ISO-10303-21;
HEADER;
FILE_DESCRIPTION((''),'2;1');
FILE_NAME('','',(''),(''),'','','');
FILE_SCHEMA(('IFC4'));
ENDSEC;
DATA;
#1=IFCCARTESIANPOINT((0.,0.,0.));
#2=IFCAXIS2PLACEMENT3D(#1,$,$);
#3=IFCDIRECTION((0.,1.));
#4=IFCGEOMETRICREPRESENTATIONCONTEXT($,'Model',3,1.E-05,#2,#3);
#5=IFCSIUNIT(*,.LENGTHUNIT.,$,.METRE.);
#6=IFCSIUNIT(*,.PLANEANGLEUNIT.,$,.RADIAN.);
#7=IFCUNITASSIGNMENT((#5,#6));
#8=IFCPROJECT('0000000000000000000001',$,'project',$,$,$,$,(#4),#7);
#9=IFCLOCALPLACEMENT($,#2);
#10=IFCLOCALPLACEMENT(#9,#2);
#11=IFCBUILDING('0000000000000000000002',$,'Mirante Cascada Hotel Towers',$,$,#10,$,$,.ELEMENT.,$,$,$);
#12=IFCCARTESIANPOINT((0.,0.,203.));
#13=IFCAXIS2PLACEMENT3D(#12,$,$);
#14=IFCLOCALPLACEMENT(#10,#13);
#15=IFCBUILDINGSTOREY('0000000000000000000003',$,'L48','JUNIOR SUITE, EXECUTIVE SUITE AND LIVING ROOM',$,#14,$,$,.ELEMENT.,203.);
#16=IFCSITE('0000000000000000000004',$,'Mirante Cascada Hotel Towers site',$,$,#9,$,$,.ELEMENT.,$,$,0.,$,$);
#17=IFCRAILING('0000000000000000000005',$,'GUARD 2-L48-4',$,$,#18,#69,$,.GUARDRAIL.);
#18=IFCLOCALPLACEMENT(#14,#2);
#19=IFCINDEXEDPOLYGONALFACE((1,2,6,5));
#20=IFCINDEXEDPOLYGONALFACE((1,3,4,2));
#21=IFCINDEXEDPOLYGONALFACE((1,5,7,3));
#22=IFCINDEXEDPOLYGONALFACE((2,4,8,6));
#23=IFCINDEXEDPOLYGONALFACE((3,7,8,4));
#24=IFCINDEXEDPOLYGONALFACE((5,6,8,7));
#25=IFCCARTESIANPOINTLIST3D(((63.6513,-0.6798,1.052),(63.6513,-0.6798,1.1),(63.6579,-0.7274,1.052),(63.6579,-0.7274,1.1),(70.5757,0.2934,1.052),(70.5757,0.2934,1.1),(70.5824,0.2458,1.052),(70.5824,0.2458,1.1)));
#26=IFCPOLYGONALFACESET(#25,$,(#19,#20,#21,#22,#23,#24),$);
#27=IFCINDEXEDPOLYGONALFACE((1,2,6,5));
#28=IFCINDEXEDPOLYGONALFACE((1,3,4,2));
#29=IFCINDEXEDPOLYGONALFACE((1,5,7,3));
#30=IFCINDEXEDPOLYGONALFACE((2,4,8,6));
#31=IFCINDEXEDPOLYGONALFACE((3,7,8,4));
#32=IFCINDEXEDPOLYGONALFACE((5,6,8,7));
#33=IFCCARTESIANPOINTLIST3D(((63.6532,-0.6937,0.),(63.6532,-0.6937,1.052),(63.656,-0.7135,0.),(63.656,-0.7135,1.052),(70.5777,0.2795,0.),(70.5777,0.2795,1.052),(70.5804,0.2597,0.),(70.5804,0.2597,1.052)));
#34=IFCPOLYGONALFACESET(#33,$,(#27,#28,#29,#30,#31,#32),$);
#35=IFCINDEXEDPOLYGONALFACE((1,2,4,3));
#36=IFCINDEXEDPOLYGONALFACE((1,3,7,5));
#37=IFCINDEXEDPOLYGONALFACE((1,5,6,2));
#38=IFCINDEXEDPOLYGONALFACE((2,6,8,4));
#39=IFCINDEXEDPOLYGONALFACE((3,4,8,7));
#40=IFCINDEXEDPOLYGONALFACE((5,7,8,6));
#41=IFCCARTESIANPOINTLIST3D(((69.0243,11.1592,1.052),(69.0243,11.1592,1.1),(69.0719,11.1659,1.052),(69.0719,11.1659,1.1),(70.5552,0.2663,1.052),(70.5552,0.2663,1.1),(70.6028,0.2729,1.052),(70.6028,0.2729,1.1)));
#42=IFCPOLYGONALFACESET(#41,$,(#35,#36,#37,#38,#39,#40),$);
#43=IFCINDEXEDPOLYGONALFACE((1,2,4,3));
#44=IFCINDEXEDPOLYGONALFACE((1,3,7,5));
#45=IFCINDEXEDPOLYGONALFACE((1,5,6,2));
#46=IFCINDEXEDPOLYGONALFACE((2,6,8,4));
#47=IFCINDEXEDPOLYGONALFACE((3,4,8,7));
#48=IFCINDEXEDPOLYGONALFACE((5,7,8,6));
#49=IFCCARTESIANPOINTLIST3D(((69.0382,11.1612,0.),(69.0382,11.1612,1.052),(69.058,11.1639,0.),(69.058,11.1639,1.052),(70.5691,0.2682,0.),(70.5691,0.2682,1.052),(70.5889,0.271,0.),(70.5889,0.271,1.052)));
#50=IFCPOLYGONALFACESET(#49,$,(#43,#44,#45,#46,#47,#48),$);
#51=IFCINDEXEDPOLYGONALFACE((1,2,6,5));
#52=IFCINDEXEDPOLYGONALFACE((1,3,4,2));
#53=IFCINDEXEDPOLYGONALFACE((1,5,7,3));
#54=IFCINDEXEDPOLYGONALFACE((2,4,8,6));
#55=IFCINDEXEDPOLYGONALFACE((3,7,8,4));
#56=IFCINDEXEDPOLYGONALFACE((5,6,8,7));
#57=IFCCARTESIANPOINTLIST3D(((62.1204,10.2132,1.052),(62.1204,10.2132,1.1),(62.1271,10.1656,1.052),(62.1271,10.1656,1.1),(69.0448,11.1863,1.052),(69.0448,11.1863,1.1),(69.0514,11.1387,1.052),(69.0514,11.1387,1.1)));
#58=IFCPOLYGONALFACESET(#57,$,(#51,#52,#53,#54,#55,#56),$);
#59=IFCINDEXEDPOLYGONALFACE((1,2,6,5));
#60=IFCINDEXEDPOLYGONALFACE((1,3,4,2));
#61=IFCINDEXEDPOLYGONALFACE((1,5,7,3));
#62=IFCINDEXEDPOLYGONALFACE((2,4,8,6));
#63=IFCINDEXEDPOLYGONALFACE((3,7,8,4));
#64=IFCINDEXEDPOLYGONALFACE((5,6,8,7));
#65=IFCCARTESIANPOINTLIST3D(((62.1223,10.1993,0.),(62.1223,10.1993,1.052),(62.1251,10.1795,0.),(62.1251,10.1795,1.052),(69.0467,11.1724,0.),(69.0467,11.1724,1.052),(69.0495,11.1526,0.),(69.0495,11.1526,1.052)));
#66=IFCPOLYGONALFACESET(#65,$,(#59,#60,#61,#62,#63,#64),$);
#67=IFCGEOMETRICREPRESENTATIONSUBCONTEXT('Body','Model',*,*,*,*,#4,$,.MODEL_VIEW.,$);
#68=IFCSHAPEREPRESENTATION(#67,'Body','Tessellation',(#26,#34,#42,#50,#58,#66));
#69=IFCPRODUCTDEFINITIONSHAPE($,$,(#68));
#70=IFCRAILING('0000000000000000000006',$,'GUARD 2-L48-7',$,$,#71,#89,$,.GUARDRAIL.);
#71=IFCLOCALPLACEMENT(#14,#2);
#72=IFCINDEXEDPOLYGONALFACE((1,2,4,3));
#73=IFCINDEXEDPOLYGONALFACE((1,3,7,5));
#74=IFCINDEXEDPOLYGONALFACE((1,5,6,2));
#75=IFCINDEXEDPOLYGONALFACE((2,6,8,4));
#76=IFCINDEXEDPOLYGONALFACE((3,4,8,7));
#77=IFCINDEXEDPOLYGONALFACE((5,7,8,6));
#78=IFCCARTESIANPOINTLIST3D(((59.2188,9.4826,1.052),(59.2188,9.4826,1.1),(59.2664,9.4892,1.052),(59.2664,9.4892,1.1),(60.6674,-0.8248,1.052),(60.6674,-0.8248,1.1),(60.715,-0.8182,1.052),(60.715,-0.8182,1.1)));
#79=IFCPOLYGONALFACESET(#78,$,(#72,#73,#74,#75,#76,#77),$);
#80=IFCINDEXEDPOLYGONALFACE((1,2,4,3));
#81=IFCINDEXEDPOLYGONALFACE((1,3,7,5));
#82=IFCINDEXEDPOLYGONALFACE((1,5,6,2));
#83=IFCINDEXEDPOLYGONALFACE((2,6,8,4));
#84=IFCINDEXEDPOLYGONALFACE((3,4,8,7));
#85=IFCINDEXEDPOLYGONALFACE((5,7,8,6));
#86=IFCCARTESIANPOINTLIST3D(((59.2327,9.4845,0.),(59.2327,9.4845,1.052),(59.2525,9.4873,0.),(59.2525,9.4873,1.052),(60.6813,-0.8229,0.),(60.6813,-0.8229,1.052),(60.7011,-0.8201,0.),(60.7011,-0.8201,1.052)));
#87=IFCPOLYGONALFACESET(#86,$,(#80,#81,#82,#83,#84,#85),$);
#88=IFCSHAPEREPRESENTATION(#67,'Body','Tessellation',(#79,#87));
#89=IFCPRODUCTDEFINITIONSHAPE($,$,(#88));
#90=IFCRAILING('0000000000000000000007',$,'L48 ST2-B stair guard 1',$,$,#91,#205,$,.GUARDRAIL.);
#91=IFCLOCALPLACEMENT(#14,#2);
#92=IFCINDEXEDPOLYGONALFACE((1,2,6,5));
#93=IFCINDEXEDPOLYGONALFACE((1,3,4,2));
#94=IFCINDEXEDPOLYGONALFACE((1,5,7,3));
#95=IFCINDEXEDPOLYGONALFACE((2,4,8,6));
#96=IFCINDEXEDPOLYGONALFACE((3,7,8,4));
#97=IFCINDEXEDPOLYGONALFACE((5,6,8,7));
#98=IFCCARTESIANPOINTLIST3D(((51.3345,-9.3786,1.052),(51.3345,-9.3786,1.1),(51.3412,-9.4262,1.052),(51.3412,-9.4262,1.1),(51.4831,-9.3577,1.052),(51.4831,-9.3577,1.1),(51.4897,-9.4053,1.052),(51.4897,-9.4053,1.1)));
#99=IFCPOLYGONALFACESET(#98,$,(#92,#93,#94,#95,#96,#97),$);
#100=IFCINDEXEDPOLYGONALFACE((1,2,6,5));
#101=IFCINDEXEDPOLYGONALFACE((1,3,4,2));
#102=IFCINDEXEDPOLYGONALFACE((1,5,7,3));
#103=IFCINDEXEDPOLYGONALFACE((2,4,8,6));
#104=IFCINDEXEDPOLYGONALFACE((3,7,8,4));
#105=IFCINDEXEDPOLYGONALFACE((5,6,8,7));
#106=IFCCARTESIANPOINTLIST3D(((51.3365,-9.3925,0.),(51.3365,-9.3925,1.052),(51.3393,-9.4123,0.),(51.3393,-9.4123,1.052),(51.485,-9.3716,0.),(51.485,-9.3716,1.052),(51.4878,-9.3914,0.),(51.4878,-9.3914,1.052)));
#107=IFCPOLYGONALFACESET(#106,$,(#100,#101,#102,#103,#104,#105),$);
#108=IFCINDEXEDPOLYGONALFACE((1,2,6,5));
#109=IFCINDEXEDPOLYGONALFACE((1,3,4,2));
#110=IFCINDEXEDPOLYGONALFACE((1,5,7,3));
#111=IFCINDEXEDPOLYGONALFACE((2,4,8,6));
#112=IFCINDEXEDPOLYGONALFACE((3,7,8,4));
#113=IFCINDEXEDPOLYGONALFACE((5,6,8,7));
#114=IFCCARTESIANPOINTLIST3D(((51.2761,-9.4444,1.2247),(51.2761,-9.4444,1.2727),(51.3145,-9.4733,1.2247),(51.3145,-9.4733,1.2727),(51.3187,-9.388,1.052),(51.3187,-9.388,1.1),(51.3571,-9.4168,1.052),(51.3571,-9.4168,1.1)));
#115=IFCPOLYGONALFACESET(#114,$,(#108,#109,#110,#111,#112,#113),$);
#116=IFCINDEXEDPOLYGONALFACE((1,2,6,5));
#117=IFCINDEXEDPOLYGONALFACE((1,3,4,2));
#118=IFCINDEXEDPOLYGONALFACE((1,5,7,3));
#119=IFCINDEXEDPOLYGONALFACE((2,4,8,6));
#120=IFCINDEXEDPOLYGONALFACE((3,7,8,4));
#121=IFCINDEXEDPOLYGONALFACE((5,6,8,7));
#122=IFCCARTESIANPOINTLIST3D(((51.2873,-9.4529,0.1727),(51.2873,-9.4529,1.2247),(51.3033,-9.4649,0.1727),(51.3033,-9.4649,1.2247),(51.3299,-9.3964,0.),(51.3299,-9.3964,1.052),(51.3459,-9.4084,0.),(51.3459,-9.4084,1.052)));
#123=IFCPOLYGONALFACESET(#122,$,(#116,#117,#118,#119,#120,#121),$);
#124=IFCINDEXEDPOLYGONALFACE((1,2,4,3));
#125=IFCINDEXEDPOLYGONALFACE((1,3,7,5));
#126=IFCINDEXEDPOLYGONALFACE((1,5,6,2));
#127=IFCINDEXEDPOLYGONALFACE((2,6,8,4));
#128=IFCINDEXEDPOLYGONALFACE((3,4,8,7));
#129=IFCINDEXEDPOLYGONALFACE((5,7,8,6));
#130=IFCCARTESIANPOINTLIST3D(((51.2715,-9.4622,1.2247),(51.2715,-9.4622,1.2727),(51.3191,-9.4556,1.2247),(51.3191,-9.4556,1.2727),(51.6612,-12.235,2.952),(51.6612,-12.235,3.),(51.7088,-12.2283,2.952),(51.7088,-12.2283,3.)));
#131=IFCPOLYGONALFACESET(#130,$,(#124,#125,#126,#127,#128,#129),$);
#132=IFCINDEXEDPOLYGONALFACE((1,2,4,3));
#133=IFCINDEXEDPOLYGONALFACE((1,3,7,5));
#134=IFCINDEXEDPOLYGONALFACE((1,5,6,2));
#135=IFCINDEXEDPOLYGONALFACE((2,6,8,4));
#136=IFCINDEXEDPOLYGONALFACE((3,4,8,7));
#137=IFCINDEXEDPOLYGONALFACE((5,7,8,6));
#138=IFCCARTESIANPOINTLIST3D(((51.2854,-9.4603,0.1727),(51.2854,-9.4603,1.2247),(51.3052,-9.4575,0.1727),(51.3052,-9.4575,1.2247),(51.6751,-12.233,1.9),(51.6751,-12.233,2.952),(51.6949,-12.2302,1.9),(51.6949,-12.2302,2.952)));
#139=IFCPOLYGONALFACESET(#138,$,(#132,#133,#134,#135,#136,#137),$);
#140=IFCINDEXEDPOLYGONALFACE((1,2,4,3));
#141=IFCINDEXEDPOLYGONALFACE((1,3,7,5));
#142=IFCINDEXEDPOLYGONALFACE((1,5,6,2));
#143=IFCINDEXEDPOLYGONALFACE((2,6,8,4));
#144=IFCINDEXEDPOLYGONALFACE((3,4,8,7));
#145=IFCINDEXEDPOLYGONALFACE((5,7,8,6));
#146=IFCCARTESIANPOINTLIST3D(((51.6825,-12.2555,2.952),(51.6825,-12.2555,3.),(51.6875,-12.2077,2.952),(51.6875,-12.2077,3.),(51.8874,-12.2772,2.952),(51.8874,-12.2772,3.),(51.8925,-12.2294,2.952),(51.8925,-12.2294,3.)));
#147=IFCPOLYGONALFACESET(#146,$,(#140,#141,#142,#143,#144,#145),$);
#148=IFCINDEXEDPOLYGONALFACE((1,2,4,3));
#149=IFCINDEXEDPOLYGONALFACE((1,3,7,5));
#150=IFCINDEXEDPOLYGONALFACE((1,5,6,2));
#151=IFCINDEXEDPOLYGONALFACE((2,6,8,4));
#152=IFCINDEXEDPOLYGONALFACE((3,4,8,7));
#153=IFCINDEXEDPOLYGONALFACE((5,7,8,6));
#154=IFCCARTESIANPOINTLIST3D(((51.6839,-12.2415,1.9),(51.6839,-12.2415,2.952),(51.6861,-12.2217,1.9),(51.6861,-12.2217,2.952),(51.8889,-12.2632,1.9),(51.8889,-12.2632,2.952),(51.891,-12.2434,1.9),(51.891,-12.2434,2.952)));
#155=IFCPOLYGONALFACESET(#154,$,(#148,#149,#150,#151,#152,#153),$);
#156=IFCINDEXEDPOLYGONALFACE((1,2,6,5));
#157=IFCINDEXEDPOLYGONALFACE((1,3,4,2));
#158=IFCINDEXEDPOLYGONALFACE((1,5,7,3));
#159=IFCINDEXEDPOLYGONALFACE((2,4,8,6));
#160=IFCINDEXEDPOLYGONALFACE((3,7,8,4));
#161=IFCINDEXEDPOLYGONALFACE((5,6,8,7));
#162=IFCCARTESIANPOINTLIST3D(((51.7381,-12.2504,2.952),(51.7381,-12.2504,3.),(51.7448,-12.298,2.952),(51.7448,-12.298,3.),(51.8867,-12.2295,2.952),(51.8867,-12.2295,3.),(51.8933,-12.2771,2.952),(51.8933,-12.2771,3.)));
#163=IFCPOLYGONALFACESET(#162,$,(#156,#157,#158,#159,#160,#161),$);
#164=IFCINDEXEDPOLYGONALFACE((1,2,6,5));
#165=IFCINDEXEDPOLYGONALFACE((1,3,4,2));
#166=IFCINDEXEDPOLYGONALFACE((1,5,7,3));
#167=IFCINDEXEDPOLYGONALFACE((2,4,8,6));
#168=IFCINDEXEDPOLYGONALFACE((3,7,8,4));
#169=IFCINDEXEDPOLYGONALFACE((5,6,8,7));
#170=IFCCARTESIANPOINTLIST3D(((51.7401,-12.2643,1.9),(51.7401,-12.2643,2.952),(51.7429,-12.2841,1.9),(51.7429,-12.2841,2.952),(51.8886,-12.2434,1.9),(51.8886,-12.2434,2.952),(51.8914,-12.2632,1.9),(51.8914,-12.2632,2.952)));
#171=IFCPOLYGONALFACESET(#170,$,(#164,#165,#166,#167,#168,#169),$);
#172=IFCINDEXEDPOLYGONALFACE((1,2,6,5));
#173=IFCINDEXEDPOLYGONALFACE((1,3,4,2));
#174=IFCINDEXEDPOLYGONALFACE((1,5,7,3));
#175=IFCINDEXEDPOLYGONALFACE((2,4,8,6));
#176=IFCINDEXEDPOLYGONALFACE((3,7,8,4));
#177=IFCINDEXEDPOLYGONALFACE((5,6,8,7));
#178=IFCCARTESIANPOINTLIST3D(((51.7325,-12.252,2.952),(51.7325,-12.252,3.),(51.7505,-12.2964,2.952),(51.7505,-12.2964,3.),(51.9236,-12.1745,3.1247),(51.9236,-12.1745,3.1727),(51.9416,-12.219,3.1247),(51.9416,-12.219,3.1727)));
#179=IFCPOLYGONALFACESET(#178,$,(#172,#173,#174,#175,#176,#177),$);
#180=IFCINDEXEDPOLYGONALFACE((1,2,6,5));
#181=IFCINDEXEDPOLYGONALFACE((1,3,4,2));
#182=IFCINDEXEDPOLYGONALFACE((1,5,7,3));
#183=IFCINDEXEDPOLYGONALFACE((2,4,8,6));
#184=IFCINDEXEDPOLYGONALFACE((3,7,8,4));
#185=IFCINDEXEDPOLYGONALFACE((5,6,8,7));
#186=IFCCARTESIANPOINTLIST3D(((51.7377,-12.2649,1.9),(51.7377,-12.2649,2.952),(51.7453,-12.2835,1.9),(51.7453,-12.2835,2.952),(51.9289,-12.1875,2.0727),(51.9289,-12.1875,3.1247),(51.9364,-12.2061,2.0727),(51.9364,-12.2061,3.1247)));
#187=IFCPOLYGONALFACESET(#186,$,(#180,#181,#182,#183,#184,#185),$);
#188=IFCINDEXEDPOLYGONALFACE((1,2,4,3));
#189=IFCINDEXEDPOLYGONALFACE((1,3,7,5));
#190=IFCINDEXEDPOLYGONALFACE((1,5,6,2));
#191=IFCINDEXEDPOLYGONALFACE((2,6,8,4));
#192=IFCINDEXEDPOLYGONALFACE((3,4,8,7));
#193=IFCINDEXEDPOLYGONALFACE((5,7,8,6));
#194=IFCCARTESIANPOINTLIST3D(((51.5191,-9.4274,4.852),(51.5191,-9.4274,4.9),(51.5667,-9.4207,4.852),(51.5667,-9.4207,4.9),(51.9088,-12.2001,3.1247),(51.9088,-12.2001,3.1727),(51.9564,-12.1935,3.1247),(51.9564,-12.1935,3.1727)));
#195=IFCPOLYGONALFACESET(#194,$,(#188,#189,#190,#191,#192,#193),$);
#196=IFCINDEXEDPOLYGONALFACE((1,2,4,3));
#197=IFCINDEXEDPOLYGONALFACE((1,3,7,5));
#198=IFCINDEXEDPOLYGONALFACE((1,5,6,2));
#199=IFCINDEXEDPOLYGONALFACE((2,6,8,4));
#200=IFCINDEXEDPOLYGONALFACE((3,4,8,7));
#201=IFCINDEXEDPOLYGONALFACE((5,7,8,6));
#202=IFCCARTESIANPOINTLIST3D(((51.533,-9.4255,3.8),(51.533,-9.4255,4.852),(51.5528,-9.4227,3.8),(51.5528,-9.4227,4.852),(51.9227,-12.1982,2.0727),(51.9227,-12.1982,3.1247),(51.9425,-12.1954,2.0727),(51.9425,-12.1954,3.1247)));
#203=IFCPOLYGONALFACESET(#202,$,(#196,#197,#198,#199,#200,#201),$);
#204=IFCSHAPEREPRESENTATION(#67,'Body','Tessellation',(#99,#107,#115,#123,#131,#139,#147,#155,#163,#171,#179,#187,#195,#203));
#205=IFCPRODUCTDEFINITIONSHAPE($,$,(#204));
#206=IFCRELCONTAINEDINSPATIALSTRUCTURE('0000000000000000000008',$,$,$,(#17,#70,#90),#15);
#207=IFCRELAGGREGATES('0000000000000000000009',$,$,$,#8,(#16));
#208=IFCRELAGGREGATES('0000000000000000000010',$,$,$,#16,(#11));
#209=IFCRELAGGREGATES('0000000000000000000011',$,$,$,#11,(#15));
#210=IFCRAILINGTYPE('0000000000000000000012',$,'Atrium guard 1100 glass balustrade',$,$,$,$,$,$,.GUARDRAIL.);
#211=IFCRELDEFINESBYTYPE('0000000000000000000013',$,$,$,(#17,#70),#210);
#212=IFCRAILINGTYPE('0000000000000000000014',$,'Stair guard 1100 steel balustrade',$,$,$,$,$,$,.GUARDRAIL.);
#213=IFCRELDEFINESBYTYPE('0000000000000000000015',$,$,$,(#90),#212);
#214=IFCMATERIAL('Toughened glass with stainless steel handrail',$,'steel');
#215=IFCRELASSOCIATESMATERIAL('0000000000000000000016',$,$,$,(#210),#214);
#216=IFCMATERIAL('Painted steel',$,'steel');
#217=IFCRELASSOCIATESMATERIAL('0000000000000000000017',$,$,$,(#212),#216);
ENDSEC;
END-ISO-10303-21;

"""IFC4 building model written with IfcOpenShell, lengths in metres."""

from ifc_helpers import new_model, si_unit, direction, frame, origin, origin_2d, place, context, subcontext, project, spatial, rectangle, extrude, material, type_object, element, save


model = new_model("IFC4")

# Units and contexts
model_context = context("Model", 3, precision=1e-05, world=origin(), true_north=direction((0.0, 1.0)))
body_context = subcontext(model_context, "Body", "Model", "MODEL_VIEW")
ifc_project = project(units=[si_unit("LENGTHUNIT", "METRE"), si_unit("PLANEANGLEUNIT", "RADIAN")], contexts=[model_context])

# Site, building, storey
site_placement = place(None, origin())
site = spatial("IfcSite", under=ifc_project, at=site_placement, Name="Mirante Cascada Hotel Towers site", CompositionType="ELEMENT", RefElevation=0.0)
building_placement = place(site_placement, origin())
building = spatial("IfcBuilding", under=site, at=building_placement, Name="Mirante Cascada Hotel Towers", CompositionType="ELEMENT")
storey_placement = place(building_placement, frame((0.0, 0.0, 203.0)))
storey = spatial("IfcBuildingStorey", under=building, at=storey_placement, Name="L48", Description="JUNIOR SUITE, EXECUTIVE SUITE AND LIVING ROOM", CompositionType="ELEMENT", Elevation=203.0)

# Railings
ifc_material_1 = material(Name="Toughened glass with stainless steel handrail", Category="steel")
railing_type_1 = type_object("IfcRailingType", Name="Atrium guard 1100 glass balustrade", PredefinedType="GUARDRAIL", material=ifc_material_1)
railing_1_placement = place(storey_placement, frame((63.6546, -0.7036, 0.0)))
element("IfcRailing", 1, at=railing_1_placement, inside=storey, type_object=railing_type_1, Name="GUARD 2-L48-4", PredefinedType="GUARDRAIL", context=body_context, shape_type="SweptSolid", body=[
    extrude(rectangle(XDim=0.048, YDim=0.048, at=origin_2d()), frame((0.0, 0.0, 1.076), z_axis=(0.990267, 0.139179, 0.0), x_axis=(-0.139179, 0.990267, 0.0)), (0.0, 0.0, 1.0), 6.9925),
    extrude(rectangle(XDim=0.02, YDim=1.052, at=origin_2d()), frame((0.0, 0.0, 0.526), z_axis=(0.990267, 0.139179, 0.0), x_axis=(-0.139179, 0.990267, 0.0)), (0.0, 0.0, 1.0), 6.9925),
    extrude(rectangle(XDim=0.048, YDim=0.048, at=origin_2d()), frame((6.9244, 0.9732, 1.076), z_axis=(-0.139173, 0.990268, 0.0), x_axis=(-0.990268, -0.139173, 0.0)), (0.0, 0.0, 1.0), 11.0),
    extrude(rectangle(XDim=0.02, YDim=1.052, at=origin_2d()), frame((6.9244, 0.9732, 0.526), z_axis=(-0.139173, 0.990268, 0.0), x_axis=(-0.990268, -0.139173, 0.0)), (0.0, 0.0, 1.0), 11.0),
    extrude(rectangle(XDim=0.048, YDim=0.048, at=origin_2d()), frame((5.3935, 11.8661, 1.076), z_axis=(-0.990269, -0.139165, 0.0), x_axis=(0.139165, -0.990269, 0.0)), (0.0, 0.0, 1.0), 6.9924),
    extrude(rectangle(XDim=0.02, YDim=1.052, at=origin_2d()), frame((5.3935, 11.8661, 0.526), z_axis=(-0.990269, -0.139165, 0.0), x_axis=(0.139165, -0.990269, 0.0)), (0.0, 0.0, 1.0), 6.9924),
])
railing_2_placement = place(storey_placement, frame((60.6912, -0.8215, 0.0)))
element("IfcRailing", 2, at=railing_2_placement, inside=storey, type_object=railing_type_1, Name="GUARD 2-L48-7", PredefinedType="GUARDRAIL", context=body_context, shape_type="SweptSolid", body=[
    extrude(rectangle(XDim=0.048, YDim=0.048, at=origin_2d()), frame((0.0, 0.0, 1.076), z_axis=(-0.139172, 0.990268, 0.0), x_axis=(-0.990268, -0.139172, 0.0)), (0.0, 0.0, 1.0), 10.4087),
    extrude(rectangle(XDim=0.02, YDim=1.052, at=origin_2d()), frame((0.0, 0.0, 0.526), z_axis=(-0.139172, 0.990268, 0.0), x_axis=(-0.990268, -0.139172, 0.0)), (0.0, 0.0, 1.0), 10.4087),
])
ifc_material_2 = material(Name="Painted steel", Category="steel")
railing_type_2 = type_object("IfcRailingType", Name="Stair guard 1100 steel balustrade", PredefinedType="GUARDRAIL", material=ifc_material_2)
railing_3_placement = place(storey_placement, frame((51.4864, -9.3815, 0.0)))
element("IfcRailing", 3, at=railing_3_placement, inside=storey, type_object=railing_type_2, Name="L48 ST2-B stair guard 1", PredefinedType="GUARDRAIL", context=body_context, shape_type="SweptSolid", body=[
    extrude(rectangle(XDim=0.048, YDim=0.048, at=origin_2d()), frame((0.0, 0.0, 1.076), z_axis=(-0.990241, -0.139367, 0.0), x_axis=(0.139367, -0.990241, 0.0)), (0.0, 0.0, 1.0), 0.15),
    extrude(rectangle(XDim=0.02, YDim=1.052, at=origin_2d()), frame((0.0, 0.0, 0.526), z_axis=(-0.990241, -0.139367, 0.0), x_axis=(0.139367, -0.990241, 0.0)), (0.0, 0.0, 1.0), 0.15),
    extrude(rectangle(XDim=0.048, YDim=0.048, at=origin_2d()), frame((-0.1485, -0.0209, 1.076), z_axis=(-0.602033, -0.798471, 0.0), x_axis=(0.798471, -0.602033, 0.0)), (0.0, 0.92534, 0.379139), 0.1866),
    extrude(rectangle(XDim=0.02, YDim=1.052, at=origin_2d()), frame((-0.1485, -0.0209, 0.526), z_axis=(-0.602033, -0.798471, 0.0), x_axis=(0.798471, -0.602033, 0.0)), (0.0, 0.92534, 0.379139), 0.1866),
    extrude(rectangle(XDim=0.048, YDim=0.048, at=origin_2d()), frame((-0.1911, -0.0774, 1.2487), z_axis=(0.139181, -0.990267, 0.0), x_axis=(0.990267, 0.139181, 0.0)), (0.0, 0.525035, 0.851081), 3.2899),
    extrude(rectangle(XDim=0.02, YDim=1.052, at=origin_2d()), frame((-0.1911, -0.0774, 0.6987), z_axis=(0.139181, -0.990267, 0.0), x_axis=(0.990267, 0.139181, 0.0)), (0.0, 0.525035, 0.851081), 3.2899),
    extrude(rectangle(XDim=0.048, YDim=0.048, at=origin_2d()), frame((0.1986, -2.8501, 2.976), z_axis=(0.994444, -0.105266, 0.0), x_axis=(0.105266, 0.994444, 0.0)), (0.0, 0.0, 1.0), 0.2061),
    extrude(rectangle(XDim=0.02, YDim=1.052, at=origin_2d()), frame((0.1986, -2.8501, 2.426), z_axis=(0.994444, -0.105266, 0.0), x_axis=(0.105266, 0.994444, 0.0)), (0.0, 0.0, 1.0), 0.2061),
    extrude(rectangle(XDim=0.048, YDim=0.048, at=origin_2d()), frame((0.4036, -2.8718, 2.976), z_axis=(-0.990241, -0.139367, 0.0), x_axis=(0.139367, -0.990241, 0.0)), (0.0, 0.0, 1.0), 0.15),
    extrude(rectangle(XDim=0.02, YDim=1.052, at=origin_2d()), frame((0.4036, -2.8718, 2.426), z_axis=(-0.990241, -0.139367, 0.0), x_axis=(0.139367, -0.990241, 0.0)), (0.0, 0.0, 1.0), 0.15),
    extrude(rectangle(XDim=0.048, YDim=0.048, at=origin_2d()), frame((0.2551, -2.8927, 2.976), z_axis=(0.926862, 0.375401, 0.0), x_axis=(-0.375401, 0.926862, 0.0)), (0.0, 0.642122, 0.766603), 0.269),
    extrude(rectangle(XDim=0.02, YDim=1.052, at=origin_2d()), frame((0.2551, -2.8927, 2.426), z_axis=(0.926862, 0.375401, 0.0), x_axis=(-0.375401, 0.926862, 0.0)), (0.0, 0.642122, 0.766603), 0.269),
    extrude(rectangle(XDim=0.048, YDim=0.048, at=origin_2d()), frame((0.4462, -2.8153, 3.1487), z_axis=(-0.139181, 0.990267, 0.0), x_axis=(-0.990267, -0.139181, 0.0)), (0.0, 0.525035, 0.851081), 3.2899),
    extrude(rectangle(XDim=0.02, YDim=1.052, at=origin_2d()), frame((0.4462, -2.8153, 2.5987), z_axis=(-0.139181, 0.990267, 0.0), x_axis=(-0.990267, -0.139181, 0.0)), (0.0, 0.525035, 0.851081), 3.2899),
])

save(model, "model.ifc")
